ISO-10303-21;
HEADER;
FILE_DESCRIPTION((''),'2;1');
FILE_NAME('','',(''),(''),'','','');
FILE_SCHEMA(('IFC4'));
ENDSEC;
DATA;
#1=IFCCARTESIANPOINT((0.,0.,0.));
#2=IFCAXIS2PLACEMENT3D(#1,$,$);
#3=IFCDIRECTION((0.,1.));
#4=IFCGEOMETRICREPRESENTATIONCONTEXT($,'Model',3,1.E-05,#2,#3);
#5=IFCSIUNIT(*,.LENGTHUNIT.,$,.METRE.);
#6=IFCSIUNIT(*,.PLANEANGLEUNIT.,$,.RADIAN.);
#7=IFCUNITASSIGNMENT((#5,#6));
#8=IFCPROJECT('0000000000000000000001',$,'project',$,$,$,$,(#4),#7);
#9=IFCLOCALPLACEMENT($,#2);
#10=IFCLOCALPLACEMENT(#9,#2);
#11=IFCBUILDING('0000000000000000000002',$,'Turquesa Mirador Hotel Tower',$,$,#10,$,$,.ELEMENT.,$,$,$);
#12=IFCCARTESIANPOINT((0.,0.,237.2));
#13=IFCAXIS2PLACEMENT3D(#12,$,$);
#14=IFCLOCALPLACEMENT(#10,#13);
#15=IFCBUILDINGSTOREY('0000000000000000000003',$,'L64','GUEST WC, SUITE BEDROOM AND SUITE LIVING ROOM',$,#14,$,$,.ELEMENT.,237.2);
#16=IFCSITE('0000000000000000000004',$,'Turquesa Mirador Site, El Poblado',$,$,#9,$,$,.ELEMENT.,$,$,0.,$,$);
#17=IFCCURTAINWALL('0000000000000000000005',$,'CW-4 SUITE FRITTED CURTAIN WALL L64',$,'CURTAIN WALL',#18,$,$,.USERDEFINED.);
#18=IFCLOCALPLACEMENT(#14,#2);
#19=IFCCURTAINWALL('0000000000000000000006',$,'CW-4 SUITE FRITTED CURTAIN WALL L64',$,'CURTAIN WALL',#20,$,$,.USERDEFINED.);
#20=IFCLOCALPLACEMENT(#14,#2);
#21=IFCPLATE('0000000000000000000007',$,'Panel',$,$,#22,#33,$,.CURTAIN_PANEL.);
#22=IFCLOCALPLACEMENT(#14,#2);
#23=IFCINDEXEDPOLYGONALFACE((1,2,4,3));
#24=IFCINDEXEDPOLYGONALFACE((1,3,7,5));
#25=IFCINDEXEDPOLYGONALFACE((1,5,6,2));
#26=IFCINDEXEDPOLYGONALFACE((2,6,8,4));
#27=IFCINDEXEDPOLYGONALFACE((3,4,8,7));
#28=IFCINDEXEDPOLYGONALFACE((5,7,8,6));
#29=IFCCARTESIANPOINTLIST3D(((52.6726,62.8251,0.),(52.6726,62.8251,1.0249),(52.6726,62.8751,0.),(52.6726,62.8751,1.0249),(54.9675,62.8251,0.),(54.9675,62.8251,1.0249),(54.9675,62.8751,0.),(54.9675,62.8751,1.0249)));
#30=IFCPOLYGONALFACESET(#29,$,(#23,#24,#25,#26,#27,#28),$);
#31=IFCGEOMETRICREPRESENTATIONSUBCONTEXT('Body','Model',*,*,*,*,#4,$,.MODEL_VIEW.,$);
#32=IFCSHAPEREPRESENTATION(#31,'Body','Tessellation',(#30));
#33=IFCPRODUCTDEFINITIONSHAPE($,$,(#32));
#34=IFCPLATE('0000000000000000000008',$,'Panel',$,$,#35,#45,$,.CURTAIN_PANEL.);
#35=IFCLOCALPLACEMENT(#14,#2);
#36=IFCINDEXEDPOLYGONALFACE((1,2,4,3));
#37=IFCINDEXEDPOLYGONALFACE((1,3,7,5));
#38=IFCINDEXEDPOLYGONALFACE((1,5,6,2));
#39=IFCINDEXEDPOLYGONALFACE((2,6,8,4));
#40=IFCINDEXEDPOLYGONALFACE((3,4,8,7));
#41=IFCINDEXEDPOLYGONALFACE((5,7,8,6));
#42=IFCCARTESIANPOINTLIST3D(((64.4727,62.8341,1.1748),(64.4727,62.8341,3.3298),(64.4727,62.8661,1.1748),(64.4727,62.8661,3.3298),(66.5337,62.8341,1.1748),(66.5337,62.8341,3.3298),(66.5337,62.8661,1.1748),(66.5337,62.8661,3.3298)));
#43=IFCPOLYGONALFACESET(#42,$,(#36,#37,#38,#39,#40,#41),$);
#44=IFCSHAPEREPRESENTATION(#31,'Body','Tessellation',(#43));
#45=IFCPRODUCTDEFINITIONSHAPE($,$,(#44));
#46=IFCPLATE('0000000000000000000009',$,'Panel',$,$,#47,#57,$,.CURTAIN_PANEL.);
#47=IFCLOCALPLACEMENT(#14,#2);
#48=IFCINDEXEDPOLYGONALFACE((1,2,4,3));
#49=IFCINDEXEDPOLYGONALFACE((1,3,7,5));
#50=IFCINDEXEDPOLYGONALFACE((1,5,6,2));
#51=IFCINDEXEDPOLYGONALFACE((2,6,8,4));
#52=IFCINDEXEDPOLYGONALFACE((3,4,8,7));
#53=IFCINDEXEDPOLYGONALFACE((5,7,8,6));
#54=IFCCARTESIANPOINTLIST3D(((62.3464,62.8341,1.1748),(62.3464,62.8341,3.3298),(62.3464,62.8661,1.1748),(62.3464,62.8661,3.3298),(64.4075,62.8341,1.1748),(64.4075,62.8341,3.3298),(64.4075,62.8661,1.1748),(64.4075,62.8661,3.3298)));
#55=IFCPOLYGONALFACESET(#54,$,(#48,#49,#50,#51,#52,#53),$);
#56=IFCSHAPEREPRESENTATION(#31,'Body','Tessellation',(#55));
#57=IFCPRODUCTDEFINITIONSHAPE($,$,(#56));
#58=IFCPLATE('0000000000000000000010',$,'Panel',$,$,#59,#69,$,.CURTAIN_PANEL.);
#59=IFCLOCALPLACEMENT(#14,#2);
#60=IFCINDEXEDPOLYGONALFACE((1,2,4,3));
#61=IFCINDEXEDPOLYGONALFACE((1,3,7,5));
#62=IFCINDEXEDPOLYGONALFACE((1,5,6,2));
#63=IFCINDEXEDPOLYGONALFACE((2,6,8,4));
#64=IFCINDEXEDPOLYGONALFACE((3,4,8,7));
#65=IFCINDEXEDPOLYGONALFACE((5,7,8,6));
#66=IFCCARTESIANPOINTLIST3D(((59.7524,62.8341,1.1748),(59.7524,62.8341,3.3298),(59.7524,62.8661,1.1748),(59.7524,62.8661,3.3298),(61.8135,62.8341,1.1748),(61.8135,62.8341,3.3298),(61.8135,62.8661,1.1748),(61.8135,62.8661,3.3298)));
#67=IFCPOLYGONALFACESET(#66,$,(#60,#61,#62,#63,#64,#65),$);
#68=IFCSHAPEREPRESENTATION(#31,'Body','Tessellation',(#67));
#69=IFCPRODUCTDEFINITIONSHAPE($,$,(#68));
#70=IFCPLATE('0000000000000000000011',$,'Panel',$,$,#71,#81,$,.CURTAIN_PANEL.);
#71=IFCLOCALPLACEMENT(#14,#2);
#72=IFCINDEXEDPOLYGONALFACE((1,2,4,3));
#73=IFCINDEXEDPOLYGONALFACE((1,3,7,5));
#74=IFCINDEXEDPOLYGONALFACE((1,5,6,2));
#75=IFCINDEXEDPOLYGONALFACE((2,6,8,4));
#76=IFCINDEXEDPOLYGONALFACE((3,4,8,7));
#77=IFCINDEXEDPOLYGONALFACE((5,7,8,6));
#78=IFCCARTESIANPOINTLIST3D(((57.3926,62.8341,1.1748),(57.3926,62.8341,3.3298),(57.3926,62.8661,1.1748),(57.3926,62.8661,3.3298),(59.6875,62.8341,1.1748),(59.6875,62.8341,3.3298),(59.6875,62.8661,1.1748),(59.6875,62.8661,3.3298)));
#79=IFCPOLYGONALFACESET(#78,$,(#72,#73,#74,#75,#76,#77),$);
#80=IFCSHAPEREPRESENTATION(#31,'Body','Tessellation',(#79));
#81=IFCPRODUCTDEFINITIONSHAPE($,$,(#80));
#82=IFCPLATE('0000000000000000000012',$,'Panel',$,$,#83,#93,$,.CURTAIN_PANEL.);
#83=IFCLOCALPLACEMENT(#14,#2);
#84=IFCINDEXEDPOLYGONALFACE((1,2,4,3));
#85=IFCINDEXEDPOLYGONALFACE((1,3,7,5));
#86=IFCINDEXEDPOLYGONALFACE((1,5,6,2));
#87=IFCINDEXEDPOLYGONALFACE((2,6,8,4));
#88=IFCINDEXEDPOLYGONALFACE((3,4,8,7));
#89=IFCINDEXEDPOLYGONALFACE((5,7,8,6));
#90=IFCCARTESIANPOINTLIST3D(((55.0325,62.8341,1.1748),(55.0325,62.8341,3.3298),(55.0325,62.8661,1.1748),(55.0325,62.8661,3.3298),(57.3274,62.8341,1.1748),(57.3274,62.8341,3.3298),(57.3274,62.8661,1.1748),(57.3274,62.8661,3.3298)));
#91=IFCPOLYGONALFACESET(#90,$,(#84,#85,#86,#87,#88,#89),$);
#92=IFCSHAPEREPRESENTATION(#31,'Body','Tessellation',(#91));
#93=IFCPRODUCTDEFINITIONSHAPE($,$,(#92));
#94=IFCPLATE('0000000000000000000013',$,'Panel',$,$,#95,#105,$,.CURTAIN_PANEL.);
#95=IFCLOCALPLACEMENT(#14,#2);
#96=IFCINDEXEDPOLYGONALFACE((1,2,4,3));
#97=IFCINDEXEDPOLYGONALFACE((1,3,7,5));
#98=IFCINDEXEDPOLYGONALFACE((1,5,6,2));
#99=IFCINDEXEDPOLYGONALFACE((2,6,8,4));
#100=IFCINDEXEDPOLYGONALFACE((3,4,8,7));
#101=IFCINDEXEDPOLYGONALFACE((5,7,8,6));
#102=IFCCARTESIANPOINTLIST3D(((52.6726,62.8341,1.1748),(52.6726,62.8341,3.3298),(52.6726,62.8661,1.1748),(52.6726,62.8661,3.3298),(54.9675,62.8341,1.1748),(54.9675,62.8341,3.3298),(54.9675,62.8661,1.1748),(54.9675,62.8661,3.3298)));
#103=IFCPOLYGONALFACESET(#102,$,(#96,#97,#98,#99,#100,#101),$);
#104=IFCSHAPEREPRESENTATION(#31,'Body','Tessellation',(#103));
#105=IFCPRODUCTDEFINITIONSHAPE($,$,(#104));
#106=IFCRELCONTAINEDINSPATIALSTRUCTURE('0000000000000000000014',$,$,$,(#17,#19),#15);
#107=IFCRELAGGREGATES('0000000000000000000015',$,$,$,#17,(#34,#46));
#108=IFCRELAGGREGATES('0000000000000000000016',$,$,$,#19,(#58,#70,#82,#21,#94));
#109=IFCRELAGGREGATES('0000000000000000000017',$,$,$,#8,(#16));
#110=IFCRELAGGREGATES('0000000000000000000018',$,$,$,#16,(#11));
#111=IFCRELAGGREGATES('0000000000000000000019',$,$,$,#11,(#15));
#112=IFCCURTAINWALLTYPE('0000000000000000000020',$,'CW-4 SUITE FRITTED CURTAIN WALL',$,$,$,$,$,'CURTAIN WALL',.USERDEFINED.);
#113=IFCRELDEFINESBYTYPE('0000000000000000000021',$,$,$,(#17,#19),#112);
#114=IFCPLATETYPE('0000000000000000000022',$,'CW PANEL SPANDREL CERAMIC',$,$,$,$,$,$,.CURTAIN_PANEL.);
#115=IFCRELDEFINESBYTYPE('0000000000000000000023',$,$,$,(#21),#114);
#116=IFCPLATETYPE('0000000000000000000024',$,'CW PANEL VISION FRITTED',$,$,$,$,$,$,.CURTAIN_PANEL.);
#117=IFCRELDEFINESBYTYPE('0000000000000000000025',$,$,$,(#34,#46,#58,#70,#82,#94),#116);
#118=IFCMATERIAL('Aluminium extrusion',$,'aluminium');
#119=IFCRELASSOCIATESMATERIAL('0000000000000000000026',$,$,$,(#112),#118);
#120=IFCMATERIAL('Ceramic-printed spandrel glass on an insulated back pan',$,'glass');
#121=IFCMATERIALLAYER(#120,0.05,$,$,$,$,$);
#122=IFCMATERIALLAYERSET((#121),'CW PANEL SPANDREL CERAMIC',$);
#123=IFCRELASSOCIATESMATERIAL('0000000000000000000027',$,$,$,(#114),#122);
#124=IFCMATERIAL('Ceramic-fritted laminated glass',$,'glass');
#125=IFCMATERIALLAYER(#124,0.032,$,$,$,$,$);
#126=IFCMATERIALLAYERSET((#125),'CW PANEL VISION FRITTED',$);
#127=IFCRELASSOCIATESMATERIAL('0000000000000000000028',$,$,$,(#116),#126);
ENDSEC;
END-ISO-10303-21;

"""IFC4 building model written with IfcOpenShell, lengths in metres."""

from ifc_helpers import new_model, si_unit, direction, frame, origin, origin_2d, place, context, subcontext, project, spatial, rectangle, extrude, material, layer, layer_set, type_object, element, aggregate, save


model = new_model("IFC4")

# Units and contexts
model_context = context("Model", 3, precision=1e-05, world=origin(), true_north=direction((0.0, 1.0)))
body_context = subcontext(model_context, "Body", "Model", "MODEL_VIEW")
ifc_project = project(units=[si_unit("LENGTHUNIT", "METRE"), si_unit("PLANEANGLEUNIT", "RADIAN")], contexts=[model_context])

# Site, building, storey
site_placement = place(None, origin())
site = spatial("IfcSite", under=ifc_project, at=site_placement, Name="Turquesa Mirador Site, El Poblado", CompositionType="ELEMENT", RefElevation=0.0)
building_placement = place(site_placement, origin())
building = spatial("IfcBuilding", under=site, at=building_placement, Name="Turquesa Mirador Hotel Tower", CompositionType="ELEMENT")
storey_placement = place(building_placement, frame((0.0, 0.0, 237.2)))
storey = spatial("IfcBuildingStorey", under=building, at=storey_placement, Name="L64", Description="GUEST WC, SUITE BEDROOM AND SUITE LIVING ROOM", CompositionType="ELEMENT", Elevation=237.2)

# Curtain walls
ifc_material_1 = material(Name="Aluminium extrusion", Category="aluminium")
curtain_wall_type = type_object("IfcCurtainWallType", Name="CW-4 SUITE FRITTED CURTAIN WALL", ElementType="CURTAIN WALL", PredefinedType="USERDEFINED", material=ifc_material_1)
curtain_wall_1_placement = place(storey_placement, origin())
curtain_wall_1 = element("IfcCurtainWall", 1, at=curtain_wall_1_placement, inside=storey, type_object=curtain_wall_type, Name="CW-4 SUITE FRITTED CURTAIN WALL L64", ObjectType="CURTAIN WALL", PredefinedType="USERDEFINED")
curtain_wall_2_placement = place(storey_placement, origin())
curtain_wall_2 = element("IfcCurtainWall", 2, at=curtain_wall_2_placement, inside=storey, type_object=curtain_wall_type, Name="CW-4 SUITE FRITTED CURTAIN WALL L64", ObjectType="CURTAIN WALL", PredefinedType="USERDEFINED")

# Plates
ifc_material_2 = material(Name="Ceramic-printed spandrel glass on an insulated back pan", Category="glass")
ifc_layer_1 = layer(ifc_material_2, 0.05)
ifc_layer_set_1 = layer_set([ifc_layer_1], Name="CW PANEL SPANDREL CERAMIC")
plate_type_1 = type_object("IfcPlateType", Name="CW PANEL SPANDREL CERAMIC", PredefinedType="CURTAIN_PANEL", material=ifc_layer_set_1)
plate_1_placement = place(storey_placement, frame((53.8201, 62.8501, 0.0), z_axis=(0.0, 0.0, 1.0), x_axis=(-1.0, 0.0, 0.0)))
plate_1 = element("IfcPlate", 3, at=plate_1_placement, type_object=plate_type_1, Name="Panel", PredefinedType="CURTAIN_PANEL", context=body_context, shape_type="SweptSolid", body=[
    extrude(rectangle(XDim=2.2949, YDim=0.05, at=origin_2d()), origin(), (0.0, 0.0, 1.0), 1.0249),
])
ifc_material_3 = material(Name="Ceramic-fritted laminated glass", Category="glass")
ifc_layer_2 = layer(ifc_material_3, 0.032)
ifc_layer_set_2 = layer_set([ifc_layer_2], Name="CW PANEL VISION FRITTED")
plate_type_2 = type_object("IfcPlateType", Name="CW PANEL VISION FRITTED", PredefinedType="CURTAIN_PANEL", material=ifc_layer_set_2)
plate_2_placement = place(storey_placement, frame((65.5032, 62.8501, 1.1748), z_axis=(0.0, 0.0, 1.0), x_axis=(-1.0, 0.0, 0.0)))
plate_2 = element("IfcPlate", 4, at=plate_2_placement, type_object=plate_type_2, Name="Panel", PredefinedType="CURTAIN_PANEL", context=body_context, shape_type="SweptSolid", body=[
    extrude(rectangle(XDim=2.061, YDim=0.032, at=origin_2d()), origin(), (0.0, 0.0, 1.0), 2.155),
])
plate_3_placement = place(storey_placement, frame((63.377, 62.8501, 1.1748), z_axis=(0.0, 0.0, 1.0), x_axis=(-1.0, 0.0, 0.0)))
plate_3 = element("IfcPlate", 5, at=plate_3_placement, type_object=plate_type_2, Name="Panel", PredefinedType="CURTAIN_PANEL", context=body_context, shape_type="SweptSolid", body=[
    extrude(rectangle(XDim=2.061, YDim=0.032, at=origin_2d()), origin(), (0.0, 0.0, 1.0), 2.155),
])
aggregate(curtain_wall_1, [plate_2, plate_3])
plate_4_placement = place(storey_placement, frame((60.783, 62.8501, 1.1748), z_axis=(0.0, 0.0, 1.0), x_axis=(-1.0, 0.0, 0.0)))
plate_4 = element("IfcPlate", 6, at=plate_4_placement, type_object=plate_type_2, Name="Panel", PredefinedType="CURTAIN_PANEL", context=body_context, shape_type="SweptSolid", body=[
    extrude(rectangle(XDim=2.061, YDim=0.032, at=origin_2d()), origin(), (0.0, 0.0, 1.0), 2.155),
])
plate_5_placement = place(storey_placement, frame((58.54, 62.8501, 1.1748), z_axis=(0.0, 0.0, 1.0), x_axis=(-1.0, 0.0, 0.0)))
plate_5 = element("IfcPlate", 7, at=plate_5_placement, type_object=plate_type_2, Name="Panel", PredefinedType="CURTAIN_PANEL", context=body_context, shape_type="SweptSolid", body=[
    extrude(rectangle(XDim=2.2949, YDim=0.032, at=origin_2d()), origin(), (0.0, 0.0, 1.0), 2.155),
])
plate_6_placement = place(storey_placement, frame((56.1799, 62.8501, 1.1748), z_axis=(0.0, 0.0, 1.0), x_axis=(-1.0, 0.0, 0.0)))
plate_6 = element("IfcPlate", 8, at=plate_6_placement, type_object=plate_type_2, Name="Panel", PredefinedType="CURTAIN_PANEL", context=body_context, shape_type="SweptSolid", body=[
    extrude(rectangle(XDim=2.2949, YDim=0.032, at=origin_2d()), origin(), (0.0, 0.0, 1.0), 2.155),
])
plate_7_placement = place(storey_placement, frame((53.8201, 62.8501, 1.1748), z_axis=(0.0, 0.0, 1.0), x_axis=(-1.0, 0.0, 0.0)))
plate_7 = element("IfcPlate", 9, at=plate_7_placement, type_object=plate_type_2, Name="Panel", PredefinedType="CURTAIN_PANEL", context=body_context, shape_type="SweptSolid", body=[
    extrude(rectangle(XDim=2.2949, YDim=0.032, at=origin_2d()), origin(), (0.0, 0.0, 1.0), 2.155),
])
aggregate(curtain_wall_2, [plate_4, plate_5, plate_6, plate_1, plate_7])

save(model, "model.ifc")
